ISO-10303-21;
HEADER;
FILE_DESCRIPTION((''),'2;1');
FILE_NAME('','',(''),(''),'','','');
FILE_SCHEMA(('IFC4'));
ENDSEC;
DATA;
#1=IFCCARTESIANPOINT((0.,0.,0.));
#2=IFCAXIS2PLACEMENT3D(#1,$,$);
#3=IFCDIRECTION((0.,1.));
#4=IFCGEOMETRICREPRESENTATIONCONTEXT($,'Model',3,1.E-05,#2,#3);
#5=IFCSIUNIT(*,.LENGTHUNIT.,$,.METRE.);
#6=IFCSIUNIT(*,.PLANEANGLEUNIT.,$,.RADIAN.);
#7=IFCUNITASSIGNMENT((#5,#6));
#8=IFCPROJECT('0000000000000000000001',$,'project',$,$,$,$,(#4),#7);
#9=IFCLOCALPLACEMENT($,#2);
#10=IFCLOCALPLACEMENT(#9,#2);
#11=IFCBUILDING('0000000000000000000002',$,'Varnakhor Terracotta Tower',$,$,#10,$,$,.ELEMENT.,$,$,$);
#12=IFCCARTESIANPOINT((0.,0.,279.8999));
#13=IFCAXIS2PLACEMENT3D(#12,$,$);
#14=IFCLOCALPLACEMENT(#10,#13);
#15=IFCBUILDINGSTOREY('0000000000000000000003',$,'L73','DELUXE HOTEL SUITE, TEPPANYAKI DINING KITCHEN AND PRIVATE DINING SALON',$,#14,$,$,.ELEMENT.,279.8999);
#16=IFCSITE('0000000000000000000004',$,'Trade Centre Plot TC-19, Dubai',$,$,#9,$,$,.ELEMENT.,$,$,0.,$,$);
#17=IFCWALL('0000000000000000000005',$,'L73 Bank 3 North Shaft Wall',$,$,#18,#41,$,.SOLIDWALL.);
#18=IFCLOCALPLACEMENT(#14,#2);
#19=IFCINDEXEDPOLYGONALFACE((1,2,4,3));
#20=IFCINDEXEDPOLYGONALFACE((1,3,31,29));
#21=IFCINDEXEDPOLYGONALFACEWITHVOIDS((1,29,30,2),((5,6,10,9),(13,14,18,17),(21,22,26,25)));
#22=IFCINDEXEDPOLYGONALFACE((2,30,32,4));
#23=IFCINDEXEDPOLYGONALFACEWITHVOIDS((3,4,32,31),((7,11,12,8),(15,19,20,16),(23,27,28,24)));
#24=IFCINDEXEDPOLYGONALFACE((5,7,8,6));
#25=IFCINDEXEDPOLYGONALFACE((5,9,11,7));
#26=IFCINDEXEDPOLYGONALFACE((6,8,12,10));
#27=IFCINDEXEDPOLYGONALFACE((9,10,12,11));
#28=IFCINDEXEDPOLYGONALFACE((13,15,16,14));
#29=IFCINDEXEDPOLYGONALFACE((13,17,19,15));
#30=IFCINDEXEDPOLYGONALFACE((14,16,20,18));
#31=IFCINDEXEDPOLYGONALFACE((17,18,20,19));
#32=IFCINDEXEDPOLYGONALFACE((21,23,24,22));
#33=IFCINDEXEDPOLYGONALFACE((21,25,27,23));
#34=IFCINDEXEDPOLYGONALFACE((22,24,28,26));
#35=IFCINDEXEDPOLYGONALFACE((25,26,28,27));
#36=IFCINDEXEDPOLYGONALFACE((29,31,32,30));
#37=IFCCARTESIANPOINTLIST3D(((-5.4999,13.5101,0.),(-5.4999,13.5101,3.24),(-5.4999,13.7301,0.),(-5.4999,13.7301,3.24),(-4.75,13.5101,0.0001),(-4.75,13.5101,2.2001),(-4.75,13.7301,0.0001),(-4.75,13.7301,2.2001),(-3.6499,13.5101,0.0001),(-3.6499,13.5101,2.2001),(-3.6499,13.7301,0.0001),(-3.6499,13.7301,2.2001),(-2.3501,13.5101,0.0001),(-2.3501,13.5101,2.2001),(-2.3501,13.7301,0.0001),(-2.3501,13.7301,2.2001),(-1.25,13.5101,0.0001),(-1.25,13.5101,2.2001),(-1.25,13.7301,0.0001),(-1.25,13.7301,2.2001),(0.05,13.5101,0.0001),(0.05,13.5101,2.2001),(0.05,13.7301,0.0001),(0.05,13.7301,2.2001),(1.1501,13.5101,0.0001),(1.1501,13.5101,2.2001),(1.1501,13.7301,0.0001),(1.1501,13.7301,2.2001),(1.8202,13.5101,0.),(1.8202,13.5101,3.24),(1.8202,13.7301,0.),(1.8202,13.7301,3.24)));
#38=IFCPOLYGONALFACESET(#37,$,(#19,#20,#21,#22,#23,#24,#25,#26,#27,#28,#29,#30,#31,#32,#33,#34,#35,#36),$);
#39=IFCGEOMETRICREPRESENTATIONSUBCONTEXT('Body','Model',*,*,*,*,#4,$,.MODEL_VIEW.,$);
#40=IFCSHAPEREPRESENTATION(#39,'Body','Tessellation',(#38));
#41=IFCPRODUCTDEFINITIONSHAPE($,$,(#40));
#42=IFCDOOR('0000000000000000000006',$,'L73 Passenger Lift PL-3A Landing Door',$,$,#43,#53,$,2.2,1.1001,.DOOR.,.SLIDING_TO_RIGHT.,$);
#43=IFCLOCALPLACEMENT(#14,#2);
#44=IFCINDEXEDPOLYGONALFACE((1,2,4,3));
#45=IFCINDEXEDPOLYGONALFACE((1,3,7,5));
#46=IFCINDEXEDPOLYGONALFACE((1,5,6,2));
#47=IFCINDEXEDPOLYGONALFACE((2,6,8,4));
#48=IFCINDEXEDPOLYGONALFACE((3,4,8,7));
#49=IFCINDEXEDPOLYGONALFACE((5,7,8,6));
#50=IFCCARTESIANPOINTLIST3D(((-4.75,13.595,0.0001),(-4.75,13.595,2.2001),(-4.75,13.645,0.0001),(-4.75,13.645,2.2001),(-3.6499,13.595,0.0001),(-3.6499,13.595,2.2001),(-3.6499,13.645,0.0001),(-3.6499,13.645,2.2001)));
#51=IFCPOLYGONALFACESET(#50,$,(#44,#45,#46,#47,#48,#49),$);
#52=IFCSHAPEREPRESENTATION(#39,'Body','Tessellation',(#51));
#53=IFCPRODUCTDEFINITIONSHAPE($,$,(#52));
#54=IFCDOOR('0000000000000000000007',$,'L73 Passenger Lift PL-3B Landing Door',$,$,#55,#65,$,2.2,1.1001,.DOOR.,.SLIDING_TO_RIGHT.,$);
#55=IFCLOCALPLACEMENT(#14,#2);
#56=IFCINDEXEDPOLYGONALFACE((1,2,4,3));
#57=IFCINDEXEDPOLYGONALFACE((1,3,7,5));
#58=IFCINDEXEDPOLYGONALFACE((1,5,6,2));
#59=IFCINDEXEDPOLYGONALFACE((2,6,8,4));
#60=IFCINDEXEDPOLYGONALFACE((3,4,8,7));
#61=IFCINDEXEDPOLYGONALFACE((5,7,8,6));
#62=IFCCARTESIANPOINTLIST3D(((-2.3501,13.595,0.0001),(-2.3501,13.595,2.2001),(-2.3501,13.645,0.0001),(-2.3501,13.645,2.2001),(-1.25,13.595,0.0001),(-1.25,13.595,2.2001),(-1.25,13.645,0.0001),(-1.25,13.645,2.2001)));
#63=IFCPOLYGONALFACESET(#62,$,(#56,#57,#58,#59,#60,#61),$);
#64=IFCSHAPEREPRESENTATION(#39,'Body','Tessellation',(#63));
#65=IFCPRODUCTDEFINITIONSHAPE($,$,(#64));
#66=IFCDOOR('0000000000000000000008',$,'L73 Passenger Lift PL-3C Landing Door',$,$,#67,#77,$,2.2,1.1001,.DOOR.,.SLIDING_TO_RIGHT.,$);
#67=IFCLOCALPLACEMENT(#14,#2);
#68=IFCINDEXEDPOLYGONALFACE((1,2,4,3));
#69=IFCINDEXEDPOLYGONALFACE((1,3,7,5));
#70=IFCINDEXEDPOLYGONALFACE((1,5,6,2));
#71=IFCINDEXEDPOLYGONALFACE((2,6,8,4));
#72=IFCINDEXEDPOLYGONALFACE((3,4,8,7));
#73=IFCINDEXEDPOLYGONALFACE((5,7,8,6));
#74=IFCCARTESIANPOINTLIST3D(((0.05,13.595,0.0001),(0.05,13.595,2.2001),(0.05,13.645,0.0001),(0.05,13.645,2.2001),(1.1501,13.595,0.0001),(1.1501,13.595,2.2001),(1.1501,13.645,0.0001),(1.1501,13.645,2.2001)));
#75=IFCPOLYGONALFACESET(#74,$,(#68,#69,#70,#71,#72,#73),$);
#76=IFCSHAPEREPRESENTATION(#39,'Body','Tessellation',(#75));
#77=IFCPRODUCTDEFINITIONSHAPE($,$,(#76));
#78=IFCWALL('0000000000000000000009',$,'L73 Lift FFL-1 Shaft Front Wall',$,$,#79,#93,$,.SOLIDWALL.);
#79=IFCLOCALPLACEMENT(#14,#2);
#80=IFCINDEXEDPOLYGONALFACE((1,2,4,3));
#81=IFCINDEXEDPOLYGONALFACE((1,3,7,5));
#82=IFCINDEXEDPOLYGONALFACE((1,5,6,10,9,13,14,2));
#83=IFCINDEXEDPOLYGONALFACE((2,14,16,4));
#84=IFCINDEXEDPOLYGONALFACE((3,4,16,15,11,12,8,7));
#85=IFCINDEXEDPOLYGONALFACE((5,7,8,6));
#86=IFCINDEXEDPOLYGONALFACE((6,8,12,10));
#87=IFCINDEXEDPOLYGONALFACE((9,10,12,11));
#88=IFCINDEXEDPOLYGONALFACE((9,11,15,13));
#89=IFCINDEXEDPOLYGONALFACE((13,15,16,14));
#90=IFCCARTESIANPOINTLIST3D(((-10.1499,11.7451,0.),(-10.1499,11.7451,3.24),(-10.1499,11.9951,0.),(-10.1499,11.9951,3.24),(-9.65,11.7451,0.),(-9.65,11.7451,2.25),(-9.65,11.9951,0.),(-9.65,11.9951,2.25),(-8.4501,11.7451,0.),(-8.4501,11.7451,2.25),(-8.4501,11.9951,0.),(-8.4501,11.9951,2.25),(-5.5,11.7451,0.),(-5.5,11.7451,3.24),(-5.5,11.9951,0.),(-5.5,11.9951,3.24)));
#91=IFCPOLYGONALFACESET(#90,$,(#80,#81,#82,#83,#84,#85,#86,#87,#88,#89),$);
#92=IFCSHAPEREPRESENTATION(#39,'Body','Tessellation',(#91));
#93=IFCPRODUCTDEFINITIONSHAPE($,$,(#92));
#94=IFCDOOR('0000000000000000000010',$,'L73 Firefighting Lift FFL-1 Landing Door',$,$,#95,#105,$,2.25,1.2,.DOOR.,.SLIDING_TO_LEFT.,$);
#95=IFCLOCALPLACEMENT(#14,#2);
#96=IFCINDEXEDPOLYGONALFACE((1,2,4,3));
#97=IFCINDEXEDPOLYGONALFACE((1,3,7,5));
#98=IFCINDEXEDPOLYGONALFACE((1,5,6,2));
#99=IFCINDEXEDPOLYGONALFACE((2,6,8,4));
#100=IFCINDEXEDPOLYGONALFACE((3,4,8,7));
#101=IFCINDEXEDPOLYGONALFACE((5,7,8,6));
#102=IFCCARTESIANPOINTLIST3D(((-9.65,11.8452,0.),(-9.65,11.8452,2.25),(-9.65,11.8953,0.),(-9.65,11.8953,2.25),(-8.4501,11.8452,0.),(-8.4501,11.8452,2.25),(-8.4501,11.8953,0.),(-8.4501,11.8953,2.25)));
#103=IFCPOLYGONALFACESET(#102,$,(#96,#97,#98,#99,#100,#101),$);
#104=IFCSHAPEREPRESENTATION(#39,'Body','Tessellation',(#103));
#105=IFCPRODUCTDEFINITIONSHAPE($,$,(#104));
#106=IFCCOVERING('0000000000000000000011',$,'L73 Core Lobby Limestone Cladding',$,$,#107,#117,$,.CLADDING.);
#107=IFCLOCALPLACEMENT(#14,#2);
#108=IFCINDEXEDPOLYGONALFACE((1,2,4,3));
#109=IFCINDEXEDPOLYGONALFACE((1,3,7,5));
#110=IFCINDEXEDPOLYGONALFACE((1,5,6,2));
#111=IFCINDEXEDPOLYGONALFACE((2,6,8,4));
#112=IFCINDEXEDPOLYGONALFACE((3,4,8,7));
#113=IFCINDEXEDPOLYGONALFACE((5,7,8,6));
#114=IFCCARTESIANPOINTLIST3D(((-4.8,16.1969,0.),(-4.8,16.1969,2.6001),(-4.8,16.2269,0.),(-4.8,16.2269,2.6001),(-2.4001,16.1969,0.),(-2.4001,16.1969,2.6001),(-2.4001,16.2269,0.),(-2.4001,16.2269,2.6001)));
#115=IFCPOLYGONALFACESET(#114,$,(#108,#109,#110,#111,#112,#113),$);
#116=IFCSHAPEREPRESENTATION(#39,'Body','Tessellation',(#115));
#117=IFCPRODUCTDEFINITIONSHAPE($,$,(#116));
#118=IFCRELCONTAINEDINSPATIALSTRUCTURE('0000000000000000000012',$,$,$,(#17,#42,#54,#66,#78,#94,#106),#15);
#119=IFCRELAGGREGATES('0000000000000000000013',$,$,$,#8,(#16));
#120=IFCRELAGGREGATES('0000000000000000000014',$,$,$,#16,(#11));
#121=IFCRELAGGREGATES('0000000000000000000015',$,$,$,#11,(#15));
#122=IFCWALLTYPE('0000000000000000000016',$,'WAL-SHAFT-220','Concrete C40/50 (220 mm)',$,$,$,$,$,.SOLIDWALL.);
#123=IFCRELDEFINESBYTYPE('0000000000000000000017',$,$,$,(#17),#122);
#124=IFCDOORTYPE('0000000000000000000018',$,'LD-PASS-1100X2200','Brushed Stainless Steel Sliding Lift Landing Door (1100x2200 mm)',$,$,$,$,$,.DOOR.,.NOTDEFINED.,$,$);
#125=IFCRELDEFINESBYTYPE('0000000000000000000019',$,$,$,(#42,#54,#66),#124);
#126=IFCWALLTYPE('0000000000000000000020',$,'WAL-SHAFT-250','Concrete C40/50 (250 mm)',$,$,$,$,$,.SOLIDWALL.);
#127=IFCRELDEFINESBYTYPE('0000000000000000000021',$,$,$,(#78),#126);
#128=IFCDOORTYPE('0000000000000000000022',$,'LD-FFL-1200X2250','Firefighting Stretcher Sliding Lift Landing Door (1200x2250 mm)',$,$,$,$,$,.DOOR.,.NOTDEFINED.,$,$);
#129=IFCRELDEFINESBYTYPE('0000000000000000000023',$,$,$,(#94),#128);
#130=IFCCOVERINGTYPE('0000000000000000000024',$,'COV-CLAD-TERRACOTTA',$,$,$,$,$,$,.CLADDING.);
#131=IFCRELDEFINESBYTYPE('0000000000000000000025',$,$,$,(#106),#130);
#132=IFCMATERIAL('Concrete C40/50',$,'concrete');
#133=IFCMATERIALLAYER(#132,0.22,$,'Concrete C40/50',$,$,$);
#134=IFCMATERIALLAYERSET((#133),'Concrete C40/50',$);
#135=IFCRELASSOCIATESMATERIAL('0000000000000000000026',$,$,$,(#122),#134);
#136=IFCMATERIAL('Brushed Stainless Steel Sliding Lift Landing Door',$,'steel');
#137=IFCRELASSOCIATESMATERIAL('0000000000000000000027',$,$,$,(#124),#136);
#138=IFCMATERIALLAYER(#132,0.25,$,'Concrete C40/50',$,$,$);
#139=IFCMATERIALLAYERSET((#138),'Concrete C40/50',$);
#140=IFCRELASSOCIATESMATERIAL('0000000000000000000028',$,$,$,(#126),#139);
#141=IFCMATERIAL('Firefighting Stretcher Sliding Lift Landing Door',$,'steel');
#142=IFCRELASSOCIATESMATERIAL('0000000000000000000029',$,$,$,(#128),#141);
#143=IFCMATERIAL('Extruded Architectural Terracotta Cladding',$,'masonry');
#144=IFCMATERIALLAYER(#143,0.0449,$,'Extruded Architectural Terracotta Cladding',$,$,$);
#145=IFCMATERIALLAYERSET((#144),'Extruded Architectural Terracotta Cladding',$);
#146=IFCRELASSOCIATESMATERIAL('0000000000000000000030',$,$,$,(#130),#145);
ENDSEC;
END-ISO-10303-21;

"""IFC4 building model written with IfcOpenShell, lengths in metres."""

from ifc_helpers import new_model, si_unit, direction, frame, frame_2d, origin, origin_2d, place, context, subcontext, project, spatial, rectangle, extrude, source, transform, mapped, material, layer, layer_set, type_object, type_shapes, element, fill, save


model = new_model("IFC4")

# Units and contexts
model_context = context("Model", 3, precision=1e-05, world=origin(), true_north=direction((0.0, 1.0)))
body_context = subcontext(model_context, "Body", "Model", "MODEL_VIEW")
ifc_project = project(units=[si_unit("LENGTHUNIT", "METRE"), si_unit("PLANEANGLEUNIT", "RADIAN")], contexts=[model_context])

# Site, building, storey
site_placement = place(None, origin())
site = spatial("IfcSite", under=ifc_project, at=site_placement, Name="Trade Centre Plot TC-19, Dubai", CompositionType="ELEMENT", RefElevation=0.0)
building_placement = place(site_placement, origin())
building = spatial("IfcBuilding", under=site, at=building_placement, Name="Varnakhor Terracotta Tower", CompositionType="ELEMENT")
storey_placement = place(building_placement, frame((0.0, 0.0, 279.8999)))
storey = spatial("IfcBuildingStorey", under=building, at=storey_placement, Name="L73", Description="DELUXE HOTEL SUITE, TEPPANYAKI DINING KITCHEN AND PRIVATE DINING SALON", CompositionType="ELEMENT", Elevation=279.8999)

# Shared definitions
ifc_material_1 = material(Name="Concrete C40/50", Category="concrete")
ifc_layer_1 = layer(ifc_material_1, 0.22, Name="Concrete C40/50")
ifc_layer_set_1 = layer_set([ifc_layer_1], Name="Concrete C40/50")
wall_type_1 = type_object("IfcWallType", Name="WAL-SHAFT-220", Description="Concrete C40/50 (220 mm)", PredefinedType="SOLIDWALL", material=ifc_layer_set_1)

# Wall, openings, doors
wall_1_placement = place(storey_placement, frame((-5.5, 13.6201, 0.0), z_axis=(0.0, 0.0, 1.0), x_axis=(1.0, 0.0, 0.0)))
wall_1 = element("IfcWall", 1, at=wall_1_placement, inside=storey, type_object=wall_type_1, Name="L73 Bank 3 North Shaft Wall", PredefinedType="SOLIDWALL", context=body_context, shape_type="SweptSolid", body=[
    extrude(rectangle(XDim=7.3201, YDim=0.22, at=frame_2d((3.6602, 0.0))), origin(), (0.0, 0.0, 1.0), 3.24),
])
opening_1_placement = place(wall_1_placement, frame((0.75, 0.0, 0.0)))
opening_1 = element("IfcOpeningElement", 2, at=opening_1_placement, cuts=wall_1, PredefinedType="OPENING", context=body_context, shape_type="SweptSolid", body=[
    extrude(rectangle(XDim=1.1001, YDim=2.2, at=frame_2d((0.55, 1.1001))), frame((0.0, 0.1201, 0.0), z_axis=(0.0, -1.0, 0.0), x_axis=(1.0, 0.0, 0.0)), (0.0, 0.0, 1.0), 0.24),
])
opening_2_placement = place(wall_1_placement, frame((3.1499, 0.0, 0.0)))
opening_2 = element("IfcOpeningElement", 3, at=opening_2_placement, cuts=wall_1, PredefinedType="OPENING", context=body_context, shape_type="SweptSolid", body=[
    extrude(rectangle(XDim=1.1001, YDim=2.2, at=frame_2d((0.55, 1.1001))), frame((0.0, 0.1201, 0.0), z_axis=(0.0, -1.0, 0.0), x_axis=(1.0, 0.0, 0.0)), (0.0, 0.0, 1.0), 0.24),
])
opening_3_placement = place(wall_1_placement, frame((5.55, 0.0, 0.0)))
opening_3 = element("IfcOpeningElement", 4, at=opening_3_placement, cuts=wall_1, PredefinedType="OPENING", context=body_context, shape_type="SweptSolid", body=[
    extrude(rectangle(XDim=1.1001, YDim=2.2, at=frame_2d((0.55, 1.1001))), frame((0.0, 0.1201, 0.0), z_axis=(0.0, -1.0, 0.0), x_axis=(1.0, 0.0, 0.0)), (0.0, 0.0, 1.0), 0.24),
])
ifc_material_2 = material(Name="Brushed Stainless Steel Sliding Lift Landing Door", Category="steel")
door_type_1 = type_object("IfcDoorType", Name="LD-PASS-1100X2200", Description="Brushed Stainless Steel Sliding Lift Landing Door (1100x2200 mm)", OperationType="NOTDEFINED", PredefinedType="DOOR", material=ifc_material_2)
shared_shape_1 = source(origin(), body_context, "Body", "SweptSolid", [
    extrude(rectangle(XDim=1.1001, YDim=2.2, at=frame_2d((0.55, 1.1001))), frame((0.0, 0.0249, 0.0), z_axis=(0.0, -1.0, 0.0), x_axis=(1.0, 0.0, 0.0)), (0.0, 0.0, 1.0), 0.05),
])
type_shapes(door_type_1, [shared_shape_1])
door_1_placement = place(opening_1_placement, origin())
door_1 = element("IfcDoor", 5, at=door_1_placement, inside=storey, type_object=door_type_1, Name="L73 Passenger Lift PL-3A Landing Door", OperationType="SLIDING_TO_RIGHT", OverallHeight=2.2, OverallWidth=1.1001, PredefinedType="DOOR", context=body_context, shape_type="MappedRepresentation", body=[
    mapped(shared_shape_1, transform((0.0, 0.0, 0.0), scale=1.0)),
])
fill(opening_1, door_1)
door_2_placement = place(opening_2_placement, origin())
door_2 = element("IfcDoor", 6, at=door_2_placement, inside=storey, type_object=door_type_1, Name="L73 Passenger Lift PL-3B Landing Door", OperationType="SLIDING_TO_RIGHT", OverallHeight=2.2, OverallWidth=1.1001, PredefinedType="DOOR", context=body_context, shape_type="MappedRepresentation", body=[
    mapped(shared_shape_1, transform((0.0, 0.0, 0.0), scale=1.0)),
])
fill(opening_2, door_2)
door_3_placement = place(opening_3_placement, origin())
door_3 = element("IfcDoor", 7, at=door_3_placement, inside=storey, type_object=door_type_1, Name="L73 Passenger Lift PL-3C Landing Door", OperationType="SLIDING_TO_RIGHT", OverallHeight=2.2, OverallWidth=1.1001, PredefinedType="DOOR", context=body_context, shape_type="MappedRepresentation", body=[
    mapped(shared_shape_1, transform((0.0, 0.0, 0.0), scale=1.0)),
])
fill(opening_3, door_3)

# Wall, opening, door
ifc_layer_2 = layer(ifc_material_1, 0.25, Name="Concrete C40/50")
ifc_layer_set_2 = layer_set([ifc_layer_2], Name="Concrete C40/50")
wall_type_2 = type_object("IfcWallType", Name="WAL-SHAFT-250", Description="Concrete C40/50 (250 mm)", PredefinedType="SOLIDWALL", material=ifc_layer_set_2)
wall_2_placement = place(storey_placement, frame((-5.5, 11.8701, 0.0), z_axis=(0.0, 0.0, 1.0), x_axis=(-1.0, 0.0, 0.0)))
wall_2 = element("IfcWall", 8, at=wall_2_placement, inside=storey, type_object=wall_type_2, Name="L73 Lift FFL-1 Shaft Front Wall", PredefinedType="SOLIDWALL", context=body_context, shape_type="SweptSolid", body=[
    extrude(rectangle(XDim=4.6499, YDim=0.25, at=frame_2d((2.325, 0.0))), origin(), (0.0, 0.0, 1.0), 3.24),
])
opening_4_placement = place(wall_2_placement, frame((2.95, 0.0, 0.0)))
opening_4 = element("IfcOpeningElement", 9, at=opening_4_placement, cuts=wall_2, PredefinedType="OPENING", context=body_context, shape_type="SweptSolid", body=[
    extrude(rectangle(XDim=1.2, YDim=2.25, at=frame_2d((0.6001, 1.125))), frame((0.0, 0.135, 0.0), z_axis=(0.0, -1.0, 0.0), x_axis=(1.0, 0.0, 0.0)), (0.0, 0.0, 1.0), 0.27),
])
ifc_material_3 = material(Name="Firefighting Stretcher Sliding Lift Landing Door", Category="steel")
door_type_2 = type_object("IfcDoorType", Name="LD-FFL-1200X2250", Description="Firefighting Stretcher Sliding Lift Landing Door (1200x2250 mm)", OperationType="NOTDEFINED", PredefinedType="DOOR", material=ifc_material_3)
shared_shape_2 = source(origin(), body_context, "Body", "SweptSolid", [
    extrude(rectangle(XDim=1.2, YDim=2.25, at=frame_2d((0.6001, 1.125))), frame((0.0, 0.0249, 0.0), z_axis=(0.0, -1.0, 0.0), x_axis=(1.0, 0.0, 0.0)), (0.0, 0.0, 1.0), 0.05),
])
type_shapes(door_type_2, [shared_shape_2])
door_4_placement = place(opening_4_placement, origin())
door_4 = element("IfcDoor", 10, at=door_4_placement, inside=storey, type_object=door_type_2, Name="L73 Firefighting Lift FFL-1 Landing Door", OperationType="SLIDING_TO_LEFT", OverallHeight=2.25, OverallWidth=1.2, PredefinedType="DOOR", context=body_context, shape_type="MappedRepresentation", body=[
    mapped(shared_shape_2, transform((0.0, 0.0, 0.0), scale=1.0)),
])
fill(opening_4, door_4)

# Covering
ifc_material_4 = material(Name="Extruded Architectural Terracotta Cladding", Category="masonry")
ifc_layer_3 = layer(ifc_material_4, 0.0449, Name="Extruded Architectural Terracotta Cladding")
ifc_layer_set_3 = layer_set([ifc_layer_3], Name="Extruded Architectural Terracotta Cladding")
covering_type = type_object("IfcCoveringType", Name="COV-CLAD-TERRACOTTA", PredefinedType="CLADDING", material=ifc_layer_set_3)
shared_shape_3 = source(origin(), body_context, "Body", "SweptSolid", [
    extrude(rectangle(XDim=2.3999, YDim=0.03, at=origin_2d()), origin(), (0.0, 0.0, 1.0), 2.6001),
])
type_shapes(covering_type, [shared_shape_3])
covering_placement = place(storey_placement, frame((-3.6001, 16.2119, 0.0), z_axis=(0.0, 0.0, 1.0), x_axis=(1.0, 0.0, 0.0)))
element("IfcCovering", 11, at=covering_placement, inside=storey, type_object=covering_type, Name="L73 Core Lobby Limestone Cladding", PredefinedType="CLADDING", context=body_context, shape_type="MappedRepresentation", body=[
    mapped(shared_shape_3, transform((0.0, 0.0, 0.0), scale=1.0)),
])

save(model, "model.ifc")
